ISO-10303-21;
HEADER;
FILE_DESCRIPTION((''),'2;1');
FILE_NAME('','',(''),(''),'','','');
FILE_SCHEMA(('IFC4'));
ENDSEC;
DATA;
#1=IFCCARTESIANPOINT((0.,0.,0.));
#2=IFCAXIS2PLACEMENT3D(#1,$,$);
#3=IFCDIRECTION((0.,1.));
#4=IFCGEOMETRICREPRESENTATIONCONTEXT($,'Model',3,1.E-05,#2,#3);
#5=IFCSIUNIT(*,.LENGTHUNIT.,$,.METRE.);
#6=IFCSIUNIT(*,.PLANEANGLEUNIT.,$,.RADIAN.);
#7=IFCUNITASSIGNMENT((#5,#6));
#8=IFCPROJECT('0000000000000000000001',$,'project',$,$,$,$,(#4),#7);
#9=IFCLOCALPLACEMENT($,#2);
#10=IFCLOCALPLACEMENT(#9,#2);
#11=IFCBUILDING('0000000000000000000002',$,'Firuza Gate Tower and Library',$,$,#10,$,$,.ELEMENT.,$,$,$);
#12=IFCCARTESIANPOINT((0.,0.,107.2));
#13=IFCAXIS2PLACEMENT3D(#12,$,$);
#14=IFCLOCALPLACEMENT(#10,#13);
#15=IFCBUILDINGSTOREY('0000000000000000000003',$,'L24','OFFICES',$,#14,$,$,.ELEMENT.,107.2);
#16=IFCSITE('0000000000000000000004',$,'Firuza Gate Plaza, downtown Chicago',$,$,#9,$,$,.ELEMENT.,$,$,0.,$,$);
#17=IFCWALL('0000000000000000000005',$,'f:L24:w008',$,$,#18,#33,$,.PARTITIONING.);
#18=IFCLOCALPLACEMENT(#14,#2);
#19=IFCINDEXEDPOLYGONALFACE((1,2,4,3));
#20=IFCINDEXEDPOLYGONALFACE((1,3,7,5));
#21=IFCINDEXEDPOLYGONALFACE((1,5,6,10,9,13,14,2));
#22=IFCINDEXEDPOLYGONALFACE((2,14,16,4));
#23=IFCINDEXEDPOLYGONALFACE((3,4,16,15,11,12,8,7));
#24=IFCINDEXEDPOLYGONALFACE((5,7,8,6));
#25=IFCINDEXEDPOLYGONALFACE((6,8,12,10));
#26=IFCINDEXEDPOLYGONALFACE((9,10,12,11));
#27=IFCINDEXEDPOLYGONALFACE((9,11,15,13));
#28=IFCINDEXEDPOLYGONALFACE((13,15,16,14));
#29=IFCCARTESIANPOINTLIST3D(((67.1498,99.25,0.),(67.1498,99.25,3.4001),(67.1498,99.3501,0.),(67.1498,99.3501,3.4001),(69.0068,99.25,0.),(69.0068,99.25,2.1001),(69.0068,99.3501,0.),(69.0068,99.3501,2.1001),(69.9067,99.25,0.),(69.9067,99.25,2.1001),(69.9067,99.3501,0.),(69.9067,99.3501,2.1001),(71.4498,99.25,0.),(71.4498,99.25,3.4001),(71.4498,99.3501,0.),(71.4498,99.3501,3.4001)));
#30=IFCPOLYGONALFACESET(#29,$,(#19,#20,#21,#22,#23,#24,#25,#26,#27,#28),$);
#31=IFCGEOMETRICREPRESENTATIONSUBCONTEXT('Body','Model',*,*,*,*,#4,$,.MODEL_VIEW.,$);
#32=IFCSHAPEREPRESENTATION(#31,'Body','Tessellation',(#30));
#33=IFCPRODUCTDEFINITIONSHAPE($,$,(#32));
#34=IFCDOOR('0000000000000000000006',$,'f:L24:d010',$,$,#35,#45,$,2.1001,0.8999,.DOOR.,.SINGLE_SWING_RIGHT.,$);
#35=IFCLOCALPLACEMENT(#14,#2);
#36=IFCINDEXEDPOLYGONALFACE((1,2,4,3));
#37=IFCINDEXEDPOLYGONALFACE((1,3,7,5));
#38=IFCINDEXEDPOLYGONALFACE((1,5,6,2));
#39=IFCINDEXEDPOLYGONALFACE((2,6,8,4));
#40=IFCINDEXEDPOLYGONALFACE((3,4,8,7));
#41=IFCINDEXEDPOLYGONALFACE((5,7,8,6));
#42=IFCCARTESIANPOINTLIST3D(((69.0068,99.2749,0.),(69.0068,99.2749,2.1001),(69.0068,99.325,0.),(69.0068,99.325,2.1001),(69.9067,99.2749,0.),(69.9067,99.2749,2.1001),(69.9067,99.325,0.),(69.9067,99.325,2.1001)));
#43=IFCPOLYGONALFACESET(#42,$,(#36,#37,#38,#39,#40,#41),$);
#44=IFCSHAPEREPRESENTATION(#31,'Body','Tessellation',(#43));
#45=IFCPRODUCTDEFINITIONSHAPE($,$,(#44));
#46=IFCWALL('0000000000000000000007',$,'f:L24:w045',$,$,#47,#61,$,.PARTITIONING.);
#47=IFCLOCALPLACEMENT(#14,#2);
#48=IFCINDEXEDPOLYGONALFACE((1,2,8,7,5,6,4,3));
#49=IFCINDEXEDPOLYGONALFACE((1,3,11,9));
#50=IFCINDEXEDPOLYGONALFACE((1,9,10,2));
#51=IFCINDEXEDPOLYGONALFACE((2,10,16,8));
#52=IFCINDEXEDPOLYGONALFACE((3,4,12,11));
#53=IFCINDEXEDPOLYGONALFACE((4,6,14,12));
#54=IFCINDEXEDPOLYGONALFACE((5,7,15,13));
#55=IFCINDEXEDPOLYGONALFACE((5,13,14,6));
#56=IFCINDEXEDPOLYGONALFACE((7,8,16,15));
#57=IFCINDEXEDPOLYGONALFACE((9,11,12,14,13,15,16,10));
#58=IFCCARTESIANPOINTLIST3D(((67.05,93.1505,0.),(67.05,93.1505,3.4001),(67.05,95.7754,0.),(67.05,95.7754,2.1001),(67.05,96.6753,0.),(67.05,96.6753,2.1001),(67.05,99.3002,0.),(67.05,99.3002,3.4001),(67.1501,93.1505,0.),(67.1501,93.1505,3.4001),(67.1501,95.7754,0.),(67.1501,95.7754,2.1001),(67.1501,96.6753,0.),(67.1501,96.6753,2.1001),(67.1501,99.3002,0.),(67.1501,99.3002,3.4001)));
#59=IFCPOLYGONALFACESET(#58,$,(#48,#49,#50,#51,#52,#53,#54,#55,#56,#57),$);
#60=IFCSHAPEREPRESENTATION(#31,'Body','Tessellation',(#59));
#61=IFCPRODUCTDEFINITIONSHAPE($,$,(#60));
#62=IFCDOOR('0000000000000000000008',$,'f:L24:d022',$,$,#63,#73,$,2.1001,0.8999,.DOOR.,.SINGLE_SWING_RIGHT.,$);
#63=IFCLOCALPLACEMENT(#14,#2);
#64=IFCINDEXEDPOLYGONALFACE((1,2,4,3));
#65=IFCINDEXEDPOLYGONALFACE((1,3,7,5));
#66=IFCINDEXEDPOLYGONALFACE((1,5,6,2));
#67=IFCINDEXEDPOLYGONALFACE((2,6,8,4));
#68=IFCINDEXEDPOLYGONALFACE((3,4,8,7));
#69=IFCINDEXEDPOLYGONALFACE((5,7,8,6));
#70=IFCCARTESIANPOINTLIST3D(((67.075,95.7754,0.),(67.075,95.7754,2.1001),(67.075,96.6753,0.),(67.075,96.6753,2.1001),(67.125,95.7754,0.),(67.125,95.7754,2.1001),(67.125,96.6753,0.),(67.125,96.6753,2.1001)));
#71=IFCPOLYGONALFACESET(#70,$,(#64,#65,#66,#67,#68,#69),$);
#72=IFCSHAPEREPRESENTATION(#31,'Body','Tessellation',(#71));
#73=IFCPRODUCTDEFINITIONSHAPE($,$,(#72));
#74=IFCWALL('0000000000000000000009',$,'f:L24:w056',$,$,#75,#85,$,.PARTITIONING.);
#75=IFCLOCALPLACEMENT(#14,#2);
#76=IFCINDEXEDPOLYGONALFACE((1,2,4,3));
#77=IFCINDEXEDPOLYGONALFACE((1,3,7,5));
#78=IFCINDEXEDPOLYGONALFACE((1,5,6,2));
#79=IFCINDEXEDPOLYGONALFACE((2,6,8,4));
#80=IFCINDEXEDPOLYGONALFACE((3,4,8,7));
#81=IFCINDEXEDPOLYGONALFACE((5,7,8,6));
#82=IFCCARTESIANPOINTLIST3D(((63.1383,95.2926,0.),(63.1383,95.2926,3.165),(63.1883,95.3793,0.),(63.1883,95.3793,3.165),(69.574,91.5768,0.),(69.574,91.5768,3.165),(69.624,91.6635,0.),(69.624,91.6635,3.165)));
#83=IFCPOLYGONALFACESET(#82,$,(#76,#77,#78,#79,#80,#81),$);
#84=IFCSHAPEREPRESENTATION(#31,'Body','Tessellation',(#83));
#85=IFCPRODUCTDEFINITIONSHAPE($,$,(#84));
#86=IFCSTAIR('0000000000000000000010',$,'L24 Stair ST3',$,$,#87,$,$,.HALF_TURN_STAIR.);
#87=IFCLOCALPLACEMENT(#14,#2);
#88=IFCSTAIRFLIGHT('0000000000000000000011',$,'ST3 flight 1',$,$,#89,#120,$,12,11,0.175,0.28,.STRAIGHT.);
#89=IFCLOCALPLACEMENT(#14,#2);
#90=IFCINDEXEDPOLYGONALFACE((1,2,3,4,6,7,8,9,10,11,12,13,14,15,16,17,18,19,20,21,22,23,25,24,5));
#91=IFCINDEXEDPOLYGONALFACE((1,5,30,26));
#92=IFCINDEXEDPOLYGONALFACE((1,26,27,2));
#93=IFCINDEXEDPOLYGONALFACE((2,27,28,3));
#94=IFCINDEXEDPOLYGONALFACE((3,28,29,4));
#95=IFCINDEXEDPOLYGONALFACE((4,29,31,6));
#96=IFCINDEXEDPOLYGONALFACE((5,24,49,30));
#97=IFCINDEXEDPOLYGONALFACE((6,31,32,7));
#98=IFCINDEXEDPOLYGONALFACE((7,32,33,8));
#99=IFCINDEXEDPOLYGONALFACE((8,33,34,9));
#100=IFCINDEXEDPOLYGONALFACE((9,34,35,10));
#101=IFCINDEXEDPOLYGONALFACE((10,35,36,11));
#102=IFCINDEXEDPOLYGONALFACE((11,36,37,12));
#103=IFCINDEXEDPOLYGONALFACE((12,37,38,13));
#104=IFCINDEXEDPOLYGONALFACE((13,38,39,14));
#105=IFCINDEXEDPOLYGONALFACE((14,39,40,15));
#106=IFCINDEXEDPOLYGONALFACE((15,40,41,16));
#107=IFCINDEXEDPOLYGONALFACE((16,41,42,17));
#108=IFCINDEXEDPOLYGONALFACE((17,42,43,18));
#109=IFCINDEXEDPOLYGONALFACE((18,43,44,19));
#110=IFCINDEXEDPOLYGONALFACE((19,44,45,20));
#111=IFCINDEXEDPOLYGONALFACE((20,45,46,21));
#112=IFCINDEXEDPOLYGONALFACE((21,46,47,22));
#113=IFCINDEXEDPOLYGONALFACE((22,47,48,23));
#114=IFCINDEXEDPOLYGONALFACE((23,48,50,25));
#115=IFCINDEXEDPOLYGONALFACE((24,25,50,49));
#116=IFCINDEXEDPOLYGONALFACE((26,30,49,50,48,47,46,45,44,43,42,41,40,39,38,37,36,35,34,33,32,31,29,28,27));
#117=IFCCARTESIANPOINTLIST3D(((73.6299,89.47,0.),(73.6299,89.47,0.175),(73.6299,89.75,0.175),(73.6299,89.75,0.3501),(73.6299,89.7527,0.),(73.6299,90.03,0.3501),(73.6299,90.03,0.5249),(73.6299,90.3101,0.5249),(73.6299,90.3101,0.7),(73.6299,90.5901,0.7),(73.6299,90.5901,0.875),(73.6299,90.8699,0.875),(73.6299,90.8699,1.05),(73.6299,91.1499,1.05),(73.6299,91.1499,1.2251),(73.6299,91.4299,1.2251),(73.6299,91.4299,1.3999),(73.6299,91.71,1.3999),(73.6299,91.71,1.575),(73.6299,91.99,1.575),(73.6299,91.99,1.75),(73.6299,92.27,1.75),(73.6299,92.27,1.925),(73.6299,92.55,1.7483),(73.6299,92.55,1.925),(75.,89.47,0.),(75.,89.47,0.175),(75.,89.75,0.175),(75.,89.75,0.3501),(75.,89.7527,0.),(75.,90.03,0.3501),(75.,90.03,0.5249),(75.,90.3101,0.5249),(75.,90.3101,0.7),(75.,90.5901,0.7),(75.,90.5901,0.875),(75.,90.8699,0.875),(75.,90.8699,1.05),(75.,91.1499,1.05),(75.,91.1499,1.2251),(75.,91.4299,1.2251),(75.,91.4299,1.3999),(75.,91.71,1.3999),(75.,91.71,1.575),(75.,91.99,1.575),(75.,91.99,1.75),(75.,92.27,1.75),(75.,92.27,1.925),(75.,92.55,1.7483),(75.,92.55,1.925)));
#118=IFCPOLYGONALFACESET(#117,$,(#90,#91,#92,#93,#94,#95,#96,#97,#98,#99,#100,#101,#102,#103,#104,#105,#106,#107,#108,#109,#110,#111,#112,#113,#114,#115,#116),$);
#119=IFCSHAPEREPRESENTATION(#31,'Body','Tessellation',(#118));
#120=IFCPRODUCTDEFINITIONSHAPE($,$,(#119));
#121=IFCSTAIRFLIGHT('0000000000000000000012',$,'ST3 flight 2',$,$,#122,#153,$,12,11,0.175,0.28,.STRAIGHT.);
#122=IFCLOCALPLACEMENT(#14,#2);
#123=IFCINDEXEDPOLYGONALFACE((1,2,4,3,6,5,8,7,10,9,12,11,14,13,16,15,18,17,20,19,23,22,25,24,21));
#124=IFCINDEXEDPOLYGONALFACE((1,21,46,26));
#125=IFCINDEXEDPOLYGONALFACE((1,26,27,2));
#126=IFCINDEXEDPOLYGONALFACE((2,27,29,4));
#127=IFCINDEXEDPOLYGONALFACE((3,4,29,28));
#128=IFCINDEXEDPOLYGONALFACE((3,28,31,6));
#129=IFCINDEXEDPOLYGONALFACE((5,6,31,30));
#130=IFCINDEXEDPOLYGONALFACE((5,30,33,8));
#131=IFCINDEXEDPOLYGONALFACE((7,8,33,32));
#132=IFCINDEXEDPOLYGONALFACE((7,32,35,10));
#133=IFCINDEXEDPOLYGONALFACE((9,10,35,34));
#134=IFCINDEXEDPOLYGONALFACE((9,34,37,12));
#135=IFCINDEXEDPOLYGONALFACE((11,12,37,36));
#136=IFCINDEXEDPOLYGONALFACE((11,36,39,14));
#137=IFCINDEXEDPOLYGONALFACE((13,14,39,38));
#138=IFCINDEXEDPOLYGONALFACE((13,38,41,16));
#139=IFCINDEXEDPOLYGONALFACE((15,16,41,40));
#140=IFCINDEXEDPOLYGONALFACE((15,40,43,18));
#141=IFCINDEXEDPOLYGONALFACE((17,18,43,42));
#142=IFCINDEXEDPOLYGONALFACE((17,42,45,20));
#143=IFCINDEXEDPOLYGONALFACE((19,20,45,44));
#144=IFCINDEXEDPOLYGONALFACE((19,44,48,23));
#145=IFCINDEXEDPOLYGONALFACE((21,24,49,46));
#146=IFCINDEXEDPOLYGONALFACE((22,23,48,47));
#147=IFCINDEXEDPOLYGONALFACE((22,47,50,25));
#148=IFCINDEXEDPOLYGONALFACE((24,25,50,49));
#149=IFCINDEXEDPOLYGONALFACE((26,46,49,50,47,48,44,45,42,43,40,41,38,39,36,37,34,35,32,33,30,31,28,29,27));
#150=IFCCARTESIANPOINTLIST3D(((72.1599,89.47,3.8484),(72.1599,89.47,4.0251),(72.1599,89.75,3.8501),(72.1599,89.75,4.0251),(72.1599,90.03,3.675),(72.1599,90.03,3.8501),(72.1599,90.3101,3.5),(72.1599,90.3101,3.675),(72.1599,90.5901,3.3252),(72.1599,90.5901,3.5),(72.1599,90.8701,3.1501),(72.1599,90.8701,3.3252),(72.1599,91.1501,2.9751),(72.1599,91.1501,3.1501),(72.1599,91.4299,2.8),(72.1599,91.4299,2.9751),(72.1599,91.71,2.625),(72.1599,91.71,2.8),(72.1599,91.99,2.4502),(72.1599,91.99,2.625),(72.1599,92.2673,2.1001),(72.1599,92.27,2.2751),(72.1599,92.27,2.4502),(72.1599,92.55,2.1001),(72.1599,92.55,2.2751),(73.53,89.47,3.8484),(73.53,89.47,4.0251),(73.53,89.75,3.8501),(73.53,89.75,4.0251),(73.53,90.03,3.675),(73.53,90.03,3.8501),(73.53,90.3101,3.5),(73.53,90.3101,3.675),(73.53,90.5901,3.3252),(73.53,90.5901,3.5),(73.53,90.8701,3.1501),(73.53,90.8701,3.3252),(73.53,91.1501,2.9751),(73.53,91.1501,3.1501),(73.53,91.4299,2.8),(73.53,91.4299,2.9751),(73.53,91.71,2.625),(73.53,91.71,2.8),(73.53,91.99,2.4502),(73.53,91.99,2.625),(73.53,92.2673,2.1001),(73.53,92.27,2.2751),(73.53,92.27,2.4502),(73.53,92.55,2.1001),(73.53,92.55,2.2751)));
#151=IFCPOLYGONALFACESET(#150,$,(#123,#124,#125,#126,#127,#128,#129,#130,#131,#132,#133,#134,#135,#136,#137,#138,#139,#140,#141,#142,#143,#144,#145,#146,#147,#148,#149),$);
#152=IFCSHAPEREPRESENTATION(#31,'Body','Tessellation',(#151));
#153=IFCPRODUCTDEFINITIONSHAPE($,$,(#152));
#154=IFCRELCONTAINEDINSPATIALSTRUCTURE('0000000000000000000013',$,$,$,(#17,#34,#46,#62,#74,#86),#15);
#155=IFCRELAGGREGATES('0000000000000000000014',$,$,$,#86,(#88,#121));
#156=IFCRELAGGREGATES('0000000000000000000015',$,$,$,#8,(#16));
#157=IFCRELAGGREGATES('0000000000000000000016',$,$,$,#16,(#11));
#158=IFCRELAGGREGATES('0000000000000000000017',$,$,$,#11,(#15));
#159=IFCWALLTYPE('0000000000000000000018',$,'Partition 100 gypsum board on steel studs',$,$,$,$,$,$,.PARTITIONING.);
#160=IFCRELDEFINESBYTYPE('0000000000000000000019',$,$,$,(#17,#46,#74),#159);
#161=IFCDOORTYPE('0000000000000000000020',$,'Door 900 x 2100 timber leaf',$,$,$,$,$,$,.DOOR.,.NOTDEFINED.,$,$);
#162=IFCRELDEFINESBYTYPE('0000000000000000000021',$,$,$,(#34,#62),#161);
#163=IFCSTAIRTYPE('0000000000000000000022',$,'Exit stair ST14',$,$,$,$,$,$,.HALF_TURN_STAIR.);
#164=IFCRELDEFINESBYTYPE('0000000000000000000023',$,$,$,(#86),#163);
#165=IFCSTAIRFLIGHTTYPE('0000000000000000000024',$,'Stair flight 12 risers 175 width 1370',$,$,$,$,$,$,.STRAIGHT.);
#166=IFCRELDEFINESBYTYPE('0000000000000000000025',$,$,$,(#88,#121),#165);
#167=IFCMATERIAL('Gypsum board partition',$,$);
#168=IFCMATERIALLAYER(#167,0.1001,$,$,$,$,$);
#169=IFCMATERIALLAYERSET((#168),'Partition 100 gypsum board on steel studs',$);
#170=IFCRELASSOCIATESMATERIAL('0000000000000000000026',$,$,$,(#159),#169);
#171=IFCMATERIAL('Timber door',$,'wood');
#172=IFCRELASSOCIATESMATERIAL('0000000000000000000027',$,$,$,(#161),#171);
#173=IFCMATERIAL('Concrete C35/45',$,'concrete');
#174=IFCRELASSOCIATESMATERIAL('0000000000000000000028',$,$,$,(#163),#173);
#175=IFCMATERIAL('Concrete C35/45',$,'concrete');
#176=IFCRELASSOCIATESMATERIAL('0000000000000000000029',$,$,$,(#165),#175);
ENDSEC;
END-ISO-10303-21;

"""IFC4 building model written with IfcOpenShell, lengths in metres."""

from ifc_helpers import new_model, si_unit, direction, frame, frame_2d, origin, place, context, subcontext, project, spatial, polyline, rectangle, outline, extrude, material, layer, layer_set, type_object, element, fill, aggregate, save


model = new_model("IFC4")

# Units and contexts
model_context = context("Model", 3, precision=1e-05, world=origin(), true_north=direction((0.0, 1.0)))
body_context = subcontext(model_context, "Body", "Model", "MODEL_VIEW")
ifc_project = project(units=[si_unit("LENGTHUNIT", "METRE"), si_unit("PLANEANGLEUNIT", "RADIAN")], contexts=[model_context])

# Site, building, storey
site_placement = place(None, origin())
site = spatial("IfcSite", under=ifc_project, at=site_placement, Name="Firuza Gate Plaza, downtown Chicago", CompositionType="ELEMENT", RefElevation=0.0)
building_placement = place(site_placement, origin())
building = spatial("IfcBuilding", under=site, at=building_placement, Name="Firuza Gate Tower and Library", CompositionType="ELEMENT")
storey_placement = place(building_placement, frame((0.0, 0.0, 107.2)))
storey = spatial("IfcBuildingStorey", under=building, at=storey_placement, Name="L24", Description="OFFICES", CompositionType="ELEMENT", Elevation=107.2)

# Shared definitions
placement = place(storey_placement, origin())

# Walls, openings, doors
ifc_material_1 = material(Name="Gypsum board partition")
ifc_layer_1 = layer(ifc_material_1, 0.1001)
ifc_layer_set_1 = layer_set([ifc_layer_1], Name="Partition 100 gypsum board on steel studs")
wall_type_1 = type_object("IfcWallType", Name="Partition 100 gypsum board on steel studs", PredefinedType="PARTITIONING", material=ifc_layer_set_1)
wall_1_placement = place(storey_placement, frame((67.1499, 99.3, 0.0), z_axis=(0.0, 0.0, 1.0), x_axis=(1.0, 0.0, 0.0)))
wall_1 = element("IfcWall", 1, at=wall_1_placement, inside=storey, type_object=wall_type_1, Name="f:L24:w008", PredefinedType="PARTITIONING", context=body_context, shape_type="SweptSolid", body=[
    extrude(rectangle(XDim=4.3, YDim=0.1001, at=frame_2d((2.1499, 0.0))), origin(), (0.0, 0.0, 1.0), 3.4001),
])
opening_1_placement = place(wall_1_placement, frame((1.8569, 0.0, 0.0)))
opening_1 = element("IfcOpeningElement", 2, at=opening_1_placement, cuts=wall_1, PredefinedType="OPENING", context=body_context, shape_type="SweptSolid", body=[
    extrude(rectangle(XDim=0.8999, YDim=2.1001, at=frame_2d((0.45, 1.05))), frame((0.0, 0.0601, 0.0), z_axis=(0.0, -1.0, 0.0), x_axis=(1.0, 0.0, 0.0)), (0.0, 0.0, 1.0), 0.1201),
])
ifc_material_2 = material(Name="Timber door", Category="wood")
door_type_1 = type_object("IfcDoorType", Name="Door 900 x 2100 timber leaf", OperationType="NOTDEFINED", PredefinedType="DOOR", material=ifc_material_2)
door_1_placement = place(opening_1_placement, origin())
door_1 = element("IfcDoor", 3, at=door_1_placement, inside=storey, type_object=door_type_1, Name="f:L24:d010", OperationType="SINGLE_SWING_RIGHT", OverallHeight=2.1001, OverallWidth=0.8999, PredefinedType="DOOR", context=body_context, shape_type="SweptSolid", body=[
    extrude(rectangle(XDim=0.8999, YDim=2.1001, at=frame_2d((0.45, 1.05))), frame((0.0, 0.0249, 0.0), z_axis=(0.0, -1.0, 0.0), x_axis=(1.0, 0.0, 0.0)), (0.0, 0.0, 1.0), 0.05),
])
fill(opening_1, door_1)
wall_2_placement = place(storey_placement, frame((67.1001, 99.3, 0.0), z_axis=(0.0, 0.0, 1.0), x_axis=(0.0, -1.0, 0.0)))
wall_2 = element("IfcWall", 4, at=wall_2_placement, inside=storey, type_object=wall_type_1, Name="f:L24:w045", PredefinedType="PARTITIONING", context=body_context, shape_type="SweptSolid", body=[
    extrude(rectangle(XDim=6.1497, YDim=0.1001, at=frame_2d((3.0747, 0.0))), origin(), (0.0, 0.0, 1.0), 3.4001),
])
opening_2_placement = place(wall_2_placement, frame((2.6248, 0.0, 0.0)))
opening_2 = element("IfcOpeningElement", 5, at=opening_2_placement, cuts=wall_2, PredefinedType="OPENING", context=body_context, shape_type="SweptSolid", body=[
    extrude(rectangle(XDim=0.8999, YDim=2.1001, at=frame_2d((0.45, 1.05))), frame((0.0, 0.0601, 0.0), z_axis=(0.0, -1.0, 0.0), x_axis=(1.0, 0.0, 0.0)), (0.0, 0.0, 1.0), 0.1201),
])
door_2_placement = place(opening_2_placement, origin())
door_2 = element("IfcDoor", 6, at=door_2_placement, inside=storey, type_object=door_type_1, Name="f:L24:d022", OperationType="SINGLE_SWING_RIGHT", OverallHeight=2.1001, OverallWidth=0.8999, PredefinedType="DOOR", context=body_context, shape_type="SweptSolid", body=[
    extrude(rectangle(XDim=0.8999, YDim=2.1001, at=frame_2d((0.45, 1.05))), frame((0.0, 0.0249, 0.0), z_axis=(0.0, -1.0, 0.0), x_axis=(1.0, 0.0, 0.0)), (0.0, 0.0, 1.0), 0.05),
])
fill(opening_2, door_2)

# Wall
wall_3_placement = place(storey_placement, frame((69.5991, 91.6201, 0.0), z_axis=(0.0, 0.0, 1.0), x_axis=(-0.866019, 0.500012, 0.0)))
element("IfcWall", 7, at=wall_3_placement, inside=storey, type_object=wall_type_1, Name="f:L24:w056", PredefinedType="PARTITIONING", context=body_context, shape_type="SweptSolid", body=[
    extrude(rectangle(XDim=7.4314, YDim=0.1001, at=frame_2d((3.7158, 0.0))), origin(), (0.0, 0.0, 1.0), 3.165),
])

# Stair, stair flights
ifc_material_3 = material(Name="Concrete C35/45", Category="concrete")
stair_type = type_object("IfcStairType", Name="Exit stair ST14", PredefinedType="HALF_TURN_STAIR", material=ifc_material_3)
stair = element("IfcStair", 8, at=placement, inside=storey, type_object=stair_type, Name="L24 Stair ST3", PredefinedType="HALF_TURN_STAIR")
ifc_material_4 = material(Name="Concrete C35/45", Category="concrete")
stair_flight_type = type_object("IfcStairFlightType", Name="Stair flight 12 risers 175 width 1370", PredefinedType="STRAIGHT", material=ifc_material_4)
stair_flight_1_placement = place(storey_placement, frame((74.3149, 89.47, 0.0), z_axis=(0.0, 0.0, 1.0), x_axis=(0.0, 1.0, 0.0)))
stair_flight_1 = element("IfcStairFlight", 9, at=stair_flight_1_placement, type_object=stair_flight_type, Name="ST3 flight 1", NumberOfRisers=12, NumberOfTreads=11, PredefinedType="STRAIGHT", RiserHeight=0.175, TreadLength=0.28, context=body_context, shape_type="SweptSolid", body=[
    extrude(outline(polyline([(0.0, 0.0), (0.0, 0.175), (0.28, 0.175), (0.28, 0.3501), (0.5601, 0.3501), (0.5601, 0.5249), (0.8401, 0.5249), (0.8401, 0.7), (1.1201, 0.7), (1.1201, 0.875), (1.3999, 0.875), (1.3999, 1.05), (1.6799, 1.05), (1.6799, 1.2251), (1.96, 1.2251), (1.96, 1.3999), (2.24, 1.3999), (2.24, 1.575), (2.52, 1.575), (2.52, 1.75), (2.8, 1.75), (2.8, 1.925), (3.0801, 1.925), (3.0801, 2.1001), (3.0801, 1.7483), (0.2827, 0.0), (0.0, 0.0)])), frame((0.0, 0.6851, 0.0), z_axis=(0.0, -1.0, 0.0), x_axis=(1.0, 0.0, 0.0)), (0.0, 0.0, 1.0), 1.3701),
])
stair_flight_2_placement = place(storey_placement, frame((72.845, 92.55, 2.1001), z_axis=(0.0, 0.0, 1.0), x_axis=(0.0, -1.0, 0.0)))
stair_flight_2 = element("IfcStairFlight", 10, at=stair_flight_2_placement, type_object=stair_flight_type, Name="ST3 flight 2", NumberOfRisers=12, NumberOfTreads=11, PredefinedType="STRAIGHT", RiserHeight=0.175, TreadLength=0.28, context=body_context, shape_type="SweptSolid", body=[
    extrude(outline(polyline([(0.0, 0.0), (0.0, 0.175), (0.28, 0.175), (0.28, 0.3501), (0.5601, 0.3501), (0.5601, 0.5249), (0.8401, 0.5249), (0.8401, 0.7), (1.1201, 0.7), (1.1201, 0.875), (1.3999, 0.875), (1.3999, 1.05), (1.6799, 1.05), (1.6799, 1.2251), (1.96, 1.2251), (1.96, 1.3999), (2.24, 1.3999), (2.24, 1.575), (2.52, 1.575), (2.52, 1.75), (2.8, 1.75), (2.8, 1.925), (3.0801, 1.925), (3.0801, 2.1001), (3.0801, 1.7483), (0.2827, 0.0), (0.0, 0.0)])), frame((0.0, 0.6851, 0.0), z_axis=(0.0, -1.0, 0.0), x_axis=(1.0, 0.0, 0.0)), (0.0, 0.0, 1.0), 1.3701),
])
aggregate(stair, [stair_flight_1, stair_flight_2])

save(model, "model.ifc")
